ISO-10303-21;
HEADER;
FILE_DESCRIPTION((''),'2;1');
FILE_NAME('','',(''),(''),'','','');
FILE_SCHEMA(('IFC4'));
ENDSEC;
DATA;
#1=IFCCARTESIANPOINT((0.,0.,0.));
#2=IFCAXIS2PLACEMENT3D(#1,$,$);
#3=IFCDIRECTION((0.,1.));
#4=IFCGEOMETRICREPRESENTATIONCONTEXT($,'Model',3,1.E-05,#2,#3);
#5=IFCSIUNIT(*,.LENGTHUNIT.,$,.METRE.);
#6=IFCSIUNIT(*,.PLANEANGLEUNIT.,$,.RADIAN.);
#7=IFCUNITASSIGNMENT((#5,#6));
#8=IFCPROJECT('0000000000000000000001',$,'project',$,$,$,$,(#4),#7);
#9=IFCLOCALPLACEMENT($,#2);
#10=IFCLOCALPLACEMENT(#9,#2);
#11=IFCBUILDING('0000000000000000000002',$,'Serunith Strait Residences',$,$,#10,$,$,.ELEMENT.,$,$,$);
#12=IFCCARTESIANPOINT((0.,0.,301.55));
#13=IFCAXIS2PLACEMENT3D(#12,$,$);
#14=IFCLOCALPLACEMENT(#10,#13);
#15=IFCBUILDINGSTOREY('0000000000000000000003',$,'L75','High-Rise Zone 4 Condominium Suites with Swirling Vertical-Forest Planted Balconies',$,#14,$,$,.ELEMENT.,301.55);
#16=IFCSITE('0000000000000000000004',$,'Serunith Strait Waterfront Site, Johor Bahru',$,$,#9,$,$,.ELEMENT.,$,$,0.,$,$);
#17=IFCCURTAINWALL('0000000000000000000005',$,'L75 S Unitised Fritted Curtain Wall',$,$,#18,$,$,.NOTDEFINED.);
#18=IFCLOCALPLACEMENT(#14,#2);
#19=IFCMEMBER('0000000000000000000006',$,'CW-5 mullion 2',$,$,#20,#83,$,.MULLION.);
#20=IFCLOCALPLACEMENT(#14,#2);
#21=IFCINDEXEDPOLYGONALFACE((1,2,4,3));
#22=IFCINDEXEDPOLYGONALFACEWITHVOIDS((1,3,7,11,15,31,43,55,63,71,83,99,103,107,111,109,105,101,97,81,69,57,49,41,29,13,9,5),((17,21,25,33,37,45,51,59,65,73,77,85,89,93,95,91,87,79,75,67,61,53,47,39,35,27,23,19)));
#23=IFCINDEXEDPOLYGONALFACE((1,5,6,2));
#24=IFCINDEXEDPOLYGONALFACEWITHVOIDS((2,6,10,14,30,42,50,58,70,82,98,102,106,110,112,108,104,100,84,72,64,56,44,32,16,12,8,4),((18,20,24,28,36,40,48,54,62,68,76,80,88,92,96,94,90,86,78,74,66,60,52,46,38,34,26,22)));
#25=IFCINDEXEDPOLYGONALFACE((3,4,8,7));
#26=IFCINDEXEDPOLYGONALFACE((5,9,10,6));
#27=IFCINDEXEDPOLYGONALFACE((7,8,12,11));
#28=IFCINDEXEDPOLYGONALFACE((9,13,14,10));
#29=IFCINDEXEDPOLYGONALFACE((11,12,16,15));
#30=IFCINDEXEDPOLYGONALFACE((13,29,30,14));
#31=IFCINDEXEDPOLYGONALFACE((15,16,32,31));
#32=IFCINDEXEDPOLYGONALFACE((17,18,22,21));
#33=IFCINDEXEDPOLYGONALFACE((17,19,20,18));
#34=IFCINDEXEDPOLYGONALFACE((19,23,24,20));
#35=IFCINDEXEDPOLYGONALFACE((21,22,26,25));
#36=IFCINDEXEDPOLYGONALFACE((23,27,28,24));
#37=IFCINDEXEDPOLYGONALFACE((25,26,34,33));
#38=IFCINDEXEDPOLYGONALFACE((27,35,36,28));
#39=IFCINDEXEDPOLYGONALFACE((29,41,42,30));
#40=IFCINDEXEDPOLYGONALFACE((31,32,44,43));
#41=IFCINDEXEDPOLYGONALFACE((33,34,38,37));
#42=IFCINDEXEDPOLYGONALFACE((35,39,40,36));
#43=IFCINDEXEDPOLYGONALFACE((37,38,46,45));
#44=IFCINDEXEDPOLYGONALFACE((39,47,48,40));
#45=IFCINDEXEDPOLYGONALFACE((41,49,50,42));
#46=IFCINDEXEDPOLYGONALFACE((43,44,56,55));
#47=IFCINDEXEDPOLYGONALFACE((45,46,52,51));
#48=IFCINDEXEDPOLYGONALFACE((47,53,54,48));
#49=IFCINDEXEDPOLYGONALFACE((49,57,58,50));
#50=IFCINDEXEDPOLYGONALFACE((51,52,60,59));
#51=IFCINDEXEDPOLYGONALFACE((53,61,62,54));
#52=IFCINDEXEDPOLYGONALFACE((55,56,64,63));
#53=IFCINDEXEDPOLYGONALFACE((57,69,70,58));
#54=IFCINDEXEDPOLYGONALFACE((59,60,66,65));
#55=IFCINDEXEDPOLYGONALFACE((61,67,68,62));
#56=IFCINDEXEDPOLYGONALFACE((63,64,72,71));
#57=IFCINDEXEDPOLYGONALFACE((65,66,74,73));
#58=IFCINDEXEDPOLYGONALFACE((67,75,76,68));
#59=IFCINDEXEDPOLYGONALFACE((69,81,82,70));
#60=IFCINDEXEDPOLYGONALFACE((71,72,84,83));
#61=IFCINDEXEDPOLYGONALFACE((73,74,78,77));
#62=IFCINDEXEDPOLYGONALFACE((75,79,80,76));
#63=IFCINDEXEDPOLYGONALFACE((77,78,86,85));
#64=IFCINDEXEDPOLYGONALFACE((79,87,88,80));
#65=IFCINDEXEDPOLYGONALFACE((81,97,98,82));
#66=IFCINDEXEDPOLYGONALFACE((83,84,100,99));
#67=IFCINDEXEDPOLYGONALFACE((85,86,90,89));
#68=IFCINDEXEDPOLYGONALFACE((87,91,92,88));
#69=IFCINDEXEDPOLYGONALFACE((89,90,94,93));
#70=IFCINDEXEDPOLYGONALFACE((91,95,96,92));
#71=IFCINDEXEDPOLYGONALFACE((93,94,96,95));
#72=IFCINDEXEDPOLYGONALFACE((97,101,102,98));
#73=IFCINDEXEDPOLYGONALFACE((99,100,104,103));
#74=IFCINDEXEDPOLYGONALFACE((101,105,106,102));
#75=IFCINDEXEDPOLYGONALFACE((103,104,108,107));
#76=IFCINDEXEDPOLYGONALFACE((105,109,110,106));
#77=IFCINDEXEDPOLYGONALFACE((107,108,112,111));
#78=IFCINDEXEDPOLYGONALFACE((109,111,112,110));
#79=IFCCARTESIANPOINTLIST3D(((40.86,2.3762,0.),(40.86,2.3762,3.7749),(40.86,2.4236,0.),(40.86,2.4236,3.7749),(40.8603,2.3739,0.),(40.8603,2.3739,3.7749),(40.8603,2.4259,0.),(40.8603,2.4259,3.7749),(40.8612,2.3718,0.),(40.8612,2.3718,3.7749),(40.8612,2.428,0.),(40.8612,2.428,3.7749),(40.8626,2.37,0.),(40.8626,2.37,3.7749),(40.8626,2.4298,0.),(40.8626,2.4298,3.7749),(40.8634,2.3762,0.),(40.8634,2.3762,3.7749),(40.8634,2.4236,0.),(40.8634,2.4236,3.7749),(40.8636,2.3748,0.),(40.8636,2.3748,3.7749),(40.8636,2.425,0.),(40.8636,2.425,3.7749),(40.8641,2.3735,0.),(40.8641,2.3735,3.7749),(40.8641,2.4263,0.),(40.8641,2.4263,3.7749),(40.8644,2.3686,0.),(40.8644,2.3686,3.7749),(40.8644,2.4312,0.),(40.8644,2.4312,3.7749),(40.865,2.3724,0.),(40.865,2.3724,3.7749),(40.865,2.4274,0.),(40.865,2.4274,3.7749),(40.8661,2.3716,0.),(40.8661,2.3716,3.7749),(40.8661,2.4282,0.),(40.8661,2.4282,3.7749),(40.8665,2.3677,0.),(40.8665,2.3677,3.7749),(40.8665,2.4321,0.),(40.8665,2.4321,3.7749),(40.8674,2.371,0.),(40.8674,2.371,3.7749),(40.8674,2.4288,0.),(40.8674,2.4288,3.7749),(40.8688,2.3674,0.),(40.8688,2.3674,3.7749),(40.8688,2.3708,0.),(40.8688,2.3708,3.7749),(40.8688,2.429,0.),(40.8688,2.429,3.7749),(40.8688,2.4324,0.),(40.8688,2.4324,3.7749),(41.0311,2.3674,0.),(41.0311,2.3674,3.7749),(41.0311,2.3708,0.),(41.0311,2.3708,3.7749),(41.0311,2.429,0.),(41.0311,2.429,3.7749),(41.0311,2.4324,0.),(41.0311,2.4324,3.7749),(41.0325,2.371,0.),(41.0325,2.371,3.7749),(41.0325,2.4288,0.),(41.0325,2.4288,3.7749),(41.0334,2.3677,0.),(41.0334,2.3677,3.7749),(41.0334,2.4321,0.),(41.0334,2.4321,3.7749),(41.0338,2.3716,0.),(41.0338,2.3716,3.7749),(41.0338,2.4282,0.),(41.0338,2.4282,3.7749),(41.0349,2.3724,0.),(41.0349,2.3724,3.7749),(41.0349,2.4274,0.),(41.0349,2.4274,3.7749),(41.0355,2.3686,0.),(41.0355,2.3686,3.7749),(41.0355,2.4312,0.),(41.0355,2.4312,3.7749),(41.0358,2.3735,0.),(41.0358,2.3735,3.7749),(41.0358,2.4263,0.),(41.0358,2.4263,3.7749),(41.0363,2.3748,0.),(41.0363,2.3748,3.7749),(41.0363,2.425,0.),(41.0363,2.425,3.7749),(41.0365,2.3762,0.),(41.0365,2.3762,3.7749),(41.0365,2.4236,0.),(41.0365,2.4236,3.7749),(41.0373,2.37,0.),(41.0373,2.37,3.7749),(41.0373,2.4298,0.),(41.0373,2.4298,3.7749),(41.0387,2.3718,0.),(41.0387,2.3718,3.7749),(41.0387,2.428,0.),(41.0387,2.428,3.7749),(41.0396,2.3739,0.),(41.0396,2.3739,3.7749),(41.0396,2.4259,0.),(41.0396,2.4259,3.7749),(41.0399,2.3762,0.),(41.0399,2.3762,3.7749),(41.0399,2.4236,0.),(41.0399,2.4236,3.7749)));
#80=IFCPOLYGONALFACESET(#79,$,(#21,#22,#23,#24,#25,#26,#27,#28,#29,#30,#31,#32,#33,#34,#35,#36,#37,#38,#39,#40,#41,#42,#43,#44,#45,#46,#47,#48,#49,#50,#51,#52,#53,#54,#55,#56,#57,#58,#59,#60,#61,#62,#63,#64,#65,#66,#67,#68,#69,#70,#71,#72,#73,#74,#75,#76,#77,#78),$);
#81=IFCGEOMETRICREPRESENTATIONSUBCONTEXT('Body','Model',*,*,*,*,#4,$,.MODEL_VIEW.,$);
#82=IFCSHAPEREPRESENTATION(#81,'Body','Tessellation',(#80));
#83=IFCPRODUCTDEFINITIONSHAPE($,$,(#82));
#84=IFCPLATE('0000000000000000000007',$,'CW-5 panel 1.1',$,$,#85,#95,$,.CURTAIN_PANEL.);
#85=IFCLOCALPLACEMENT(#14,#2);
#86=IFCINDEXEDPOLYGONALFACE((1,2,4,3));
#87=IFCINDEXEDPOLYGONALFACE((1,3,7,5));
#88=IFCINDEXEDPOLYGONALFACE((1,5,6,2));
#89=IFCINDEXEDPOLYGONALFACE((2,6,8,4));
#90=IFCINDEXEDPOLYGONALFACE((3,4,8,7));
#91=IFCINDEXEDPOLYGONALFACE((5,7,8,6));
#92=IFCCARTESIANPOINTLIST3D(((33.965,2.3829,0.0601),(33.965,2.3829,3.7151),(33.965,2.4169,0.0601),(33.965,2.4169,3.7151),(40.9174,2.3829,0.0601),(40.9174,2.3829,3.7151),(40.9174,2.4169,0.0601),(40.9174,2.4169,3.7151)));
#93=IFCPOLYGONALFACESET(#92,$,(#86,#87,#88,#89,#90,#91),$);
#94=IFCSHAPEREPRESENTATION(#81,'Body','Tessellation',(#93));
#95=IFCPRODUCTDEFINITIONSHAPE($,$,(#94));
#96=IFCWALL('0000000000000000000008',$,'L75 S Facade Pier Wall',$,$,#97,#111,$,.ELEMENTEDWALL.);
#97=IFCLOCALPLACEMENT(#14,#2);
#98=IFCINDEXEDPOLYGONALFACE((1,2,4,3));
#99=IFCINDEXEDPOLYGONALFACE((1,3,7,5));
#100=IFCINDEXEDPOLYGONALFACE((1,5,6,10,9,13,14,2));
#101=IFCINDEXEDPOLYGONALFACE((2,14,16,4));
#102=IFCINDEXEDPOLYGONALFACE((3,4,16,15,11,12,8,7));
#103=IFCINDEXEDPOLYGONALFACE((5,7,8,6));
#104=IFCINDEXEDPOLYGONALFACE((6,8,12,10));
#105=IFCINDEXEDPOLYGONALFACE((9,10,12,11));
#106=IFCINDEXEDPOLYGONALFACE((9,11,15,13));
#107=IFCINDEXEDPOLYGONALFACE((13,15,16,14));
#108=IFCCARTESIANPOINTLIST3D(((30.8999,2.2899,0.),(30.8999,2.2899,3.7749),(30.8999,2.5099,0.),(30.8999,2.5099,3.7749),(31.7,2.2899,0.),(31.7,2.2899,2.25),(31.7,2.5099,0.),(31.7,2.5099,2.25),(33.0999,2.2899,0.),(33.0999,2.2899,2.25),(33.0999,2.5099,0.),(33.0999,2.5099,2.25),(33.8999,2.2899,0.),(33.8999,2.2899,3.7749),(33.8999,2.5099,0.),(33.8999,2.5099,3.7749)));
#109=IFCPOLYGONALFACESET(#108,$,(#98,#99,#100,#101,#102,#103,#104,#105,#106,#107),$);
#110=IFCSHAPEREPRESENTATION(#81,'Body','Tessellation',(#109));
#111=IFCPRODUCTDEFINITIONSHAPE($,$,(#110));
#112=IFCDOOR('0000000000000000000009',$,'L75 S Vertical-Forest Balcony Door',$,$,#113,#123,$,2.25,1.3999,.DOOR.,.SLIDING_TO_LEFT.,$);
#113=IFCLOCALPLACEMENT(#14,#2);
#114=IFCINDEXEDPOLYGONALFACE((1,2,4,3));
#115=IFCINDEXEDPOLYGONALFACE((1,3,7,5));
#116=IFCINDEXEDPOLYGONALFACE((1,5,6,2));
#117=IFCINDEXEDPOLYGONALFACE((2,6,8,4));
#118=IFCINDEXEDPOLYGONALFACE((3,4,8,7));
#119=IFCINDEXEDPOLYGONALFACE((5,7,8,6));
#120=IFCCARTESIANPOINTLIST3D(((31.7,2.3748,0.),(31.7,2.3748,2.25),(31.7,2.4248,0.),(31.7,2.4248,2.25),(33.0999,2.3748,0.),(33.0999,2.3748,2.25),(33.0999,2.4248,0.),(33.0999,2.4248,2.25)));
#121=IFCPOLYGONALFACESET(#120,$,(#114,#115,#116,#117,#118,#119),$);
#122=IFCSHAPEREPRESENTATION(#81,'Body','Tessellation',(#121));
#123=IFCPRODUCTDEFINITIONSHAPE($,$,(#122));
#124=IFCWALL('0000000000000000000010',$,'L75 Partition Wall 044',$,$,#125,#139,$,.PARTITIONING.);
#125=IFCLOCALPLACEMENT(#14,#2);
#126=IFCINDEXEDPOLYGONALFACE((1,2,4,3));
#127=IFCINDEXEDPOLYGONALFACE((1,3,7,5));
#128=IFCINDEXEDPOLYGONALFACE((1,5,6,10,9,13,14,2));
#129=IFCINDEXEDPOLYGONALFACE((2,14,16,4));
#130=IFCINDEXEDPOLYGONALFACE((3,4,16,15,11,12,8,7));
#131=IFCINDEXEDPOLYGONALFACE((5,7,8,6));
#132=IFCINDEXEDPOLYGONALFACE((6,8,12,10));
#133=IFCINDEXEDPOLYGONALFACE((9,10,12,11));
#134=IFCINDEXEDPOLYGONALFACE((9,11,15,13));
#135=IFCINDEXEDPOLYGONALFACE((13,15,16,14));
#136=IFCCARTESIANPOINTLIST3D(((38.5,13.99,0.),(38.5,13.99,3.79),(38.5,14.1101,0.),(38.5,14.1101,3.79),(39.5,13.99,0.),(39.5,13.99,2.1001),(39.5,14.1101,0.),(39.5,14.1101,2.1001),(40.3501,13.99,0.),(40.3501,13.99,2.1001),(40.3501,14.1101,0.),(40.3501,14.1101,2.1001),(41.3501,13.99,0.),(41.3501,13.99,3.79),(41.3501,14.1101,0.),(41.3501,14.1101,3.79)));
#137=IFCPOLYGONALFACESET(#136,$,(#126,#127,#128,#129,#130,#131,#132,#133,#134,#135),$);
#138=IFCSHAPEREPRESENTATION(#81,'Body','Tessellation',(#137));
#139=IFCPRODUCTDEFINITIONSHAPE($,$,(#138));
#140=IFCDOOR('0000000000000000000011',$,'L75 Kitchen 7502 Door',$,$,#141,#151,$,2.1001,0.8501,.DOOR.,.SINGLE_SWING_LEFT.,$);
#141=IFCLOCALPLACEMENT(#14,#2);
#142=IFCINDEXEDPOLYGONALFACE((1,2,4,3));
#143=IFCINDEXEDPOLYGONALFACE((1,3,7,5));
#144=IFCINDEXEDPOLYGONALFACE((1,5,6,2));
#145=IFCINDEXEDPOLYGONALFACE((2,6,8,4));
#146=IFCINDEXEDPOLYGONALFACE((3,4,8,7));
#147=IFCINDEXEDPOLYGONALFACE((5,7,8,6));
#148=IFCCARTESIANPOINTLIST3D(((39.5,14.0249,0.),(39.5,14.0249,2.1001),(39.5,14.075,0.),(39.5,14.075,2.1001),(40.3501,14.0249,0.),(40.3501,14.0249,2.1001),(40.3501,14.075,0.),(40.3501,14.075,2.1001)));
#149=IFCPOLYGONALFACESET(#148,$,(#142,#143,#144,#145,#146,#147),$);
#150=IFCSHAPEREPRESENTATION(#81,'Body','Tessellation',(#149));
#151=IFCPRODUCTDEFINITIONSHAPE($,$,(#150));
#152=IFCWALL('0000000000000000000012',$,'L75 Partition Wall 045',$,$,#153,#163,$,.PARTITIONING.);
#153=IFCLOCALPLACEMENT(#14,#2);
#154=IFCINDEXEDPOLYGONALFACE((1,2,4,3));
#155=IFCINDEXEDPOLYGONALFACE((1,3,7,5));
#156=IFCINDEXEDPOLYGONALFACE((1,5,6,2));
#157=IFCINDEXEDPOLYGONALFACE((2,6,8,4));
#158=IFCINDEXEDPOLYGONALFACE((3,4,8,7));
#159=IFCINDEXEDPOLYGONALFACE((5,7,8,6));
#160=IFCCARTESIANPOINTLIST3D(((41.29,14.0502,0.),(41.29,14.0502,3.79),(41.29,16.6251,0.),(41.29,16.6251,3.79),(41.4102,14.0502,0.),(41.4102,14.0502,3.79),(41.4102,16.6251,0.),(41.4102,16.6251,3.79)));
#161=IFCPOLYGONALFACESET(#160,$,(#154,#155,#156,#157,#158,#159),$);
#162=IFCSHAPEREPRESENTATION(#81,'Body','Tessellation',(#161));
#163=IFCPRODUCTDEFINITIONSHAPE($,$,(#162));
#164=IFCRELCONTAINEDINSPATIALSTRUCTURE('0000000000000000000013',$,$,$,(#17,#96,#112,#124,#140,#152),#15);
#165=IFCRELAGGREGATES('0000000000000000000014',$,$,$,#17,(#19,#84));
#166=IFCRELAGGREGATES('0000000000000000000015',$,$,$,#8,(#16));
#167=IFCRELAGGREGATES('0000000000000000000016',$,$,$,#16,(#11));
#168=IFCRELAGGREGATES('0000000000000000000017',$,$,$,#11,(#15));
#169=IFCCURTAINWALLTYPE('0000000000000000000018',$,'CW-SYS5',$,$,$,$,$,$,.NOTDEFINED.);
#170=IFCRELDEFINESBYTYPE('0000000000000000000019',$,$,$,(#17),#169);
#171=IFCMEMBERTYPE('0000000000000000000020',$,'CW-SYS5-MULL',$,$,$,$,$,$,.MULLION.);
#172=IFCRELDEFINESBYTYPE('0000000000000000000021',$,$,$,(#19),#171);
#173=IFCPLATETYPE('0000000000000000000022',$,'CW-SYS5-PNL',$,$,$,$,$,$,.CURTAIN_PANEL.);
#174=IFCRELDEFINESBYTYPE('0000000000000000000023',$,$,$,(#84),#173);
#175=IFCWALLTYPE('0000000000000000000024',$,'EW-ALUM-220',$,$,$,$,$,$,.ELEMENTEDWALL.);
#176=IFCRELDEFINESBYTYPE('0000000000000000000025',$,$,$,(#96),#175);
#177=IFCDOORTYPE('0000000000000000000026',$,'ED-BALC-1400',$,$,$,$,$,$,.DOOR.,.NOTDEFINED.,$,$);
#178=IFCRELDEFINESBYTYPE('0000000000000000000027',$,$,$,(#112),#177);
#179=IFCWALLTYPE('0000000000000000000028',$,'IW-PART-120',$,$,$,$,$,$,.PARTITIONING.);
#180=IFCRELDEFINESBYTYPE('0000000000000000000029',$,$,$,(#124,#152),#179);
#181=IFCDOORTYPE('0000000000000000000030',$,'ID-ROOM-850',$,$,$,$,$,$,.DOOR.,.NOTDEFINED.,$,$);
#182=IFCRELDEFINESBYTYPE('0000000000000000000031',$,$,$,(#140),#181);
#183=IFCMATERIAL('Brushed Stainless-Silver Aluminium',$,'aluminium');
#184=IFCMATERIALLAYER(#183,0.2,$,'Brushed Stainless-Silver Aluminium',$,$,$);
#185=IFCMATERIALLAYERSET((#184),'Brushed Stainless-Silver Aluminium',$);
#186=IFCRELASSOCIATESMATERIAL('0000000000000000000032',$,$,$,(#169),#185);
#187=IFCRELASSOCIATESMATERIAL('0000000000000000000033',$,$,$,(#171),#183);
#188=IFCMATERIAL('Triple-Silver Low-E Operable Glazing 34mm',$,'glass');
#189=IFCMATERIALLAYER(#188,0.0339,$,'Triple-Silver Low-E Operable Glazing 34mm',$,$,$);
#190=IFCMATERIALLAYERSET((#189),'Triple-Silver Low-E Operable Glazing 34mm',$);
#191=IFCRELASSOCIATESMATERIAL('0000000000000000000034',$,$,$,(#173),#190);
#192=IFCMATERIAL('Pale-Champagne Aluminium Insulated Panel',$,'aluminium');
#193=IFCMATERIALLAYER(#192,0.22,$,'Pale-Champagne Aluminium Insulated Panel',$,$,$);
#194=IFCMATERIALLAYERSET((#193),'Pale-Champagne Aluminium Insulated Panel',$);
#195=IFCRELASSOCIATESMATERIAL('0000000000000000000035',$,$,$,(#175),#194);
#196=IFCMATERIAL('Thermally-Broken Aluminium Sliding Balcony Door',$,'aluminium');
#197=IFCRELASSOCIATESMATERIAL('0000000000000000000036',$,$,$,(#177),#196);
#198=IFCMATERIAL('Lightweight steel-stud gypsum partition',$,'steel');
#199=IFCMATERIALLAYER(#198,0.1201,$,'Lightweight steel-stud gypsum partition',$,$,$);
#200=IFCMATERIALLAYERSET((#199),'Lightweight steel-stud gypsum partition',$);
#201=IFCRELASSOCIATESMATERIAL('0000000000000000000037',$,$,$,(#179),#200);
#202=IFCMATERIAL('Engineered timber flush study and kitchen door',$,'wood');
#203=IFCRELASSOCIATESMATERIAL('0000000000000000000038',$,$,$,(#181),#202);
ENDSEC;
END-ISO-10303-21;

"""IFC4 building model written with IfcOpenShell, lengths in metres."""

from ifc_helpers import new_model, si_unit, direction, frame, frame_2d, origin, origin_2d, place, context, subcontext, project, spatial, rectangle, hollow_rectangle, extrude, source, transform, mapped, material, layer, layer_set, material_profile, profile_set, type_object, element, fill, aggregate, save


model = new_model("IFC4")

# Units and contexts
model_context = context("Model", 3, precision=1e-05, world=origin(), true_north=direction((0.0, 1.0)))
body_context = subcontext(model_context, "Body", "Model", "MODEL_VIEW")
ifc_project = project(units=[si_unit("LENGTHUNIT", "METRE"), si_unit("PLANEANGLEUNIT", "RADIAN")], contexts=[model_context])

# Site, building, storey
site_placement = place(None, origin())
site = spatial("IfcSite", under=ifc_project, at=site_placement, Name="Serunith Strait Waterfront Site, Johor Bahru", CompositionType="ELEMENT", RefElevation=0.0)
building_placement = place(site_placement, origin())
building = spatial("IfcBuilding", under=site, at=building_placement, Name="Serunith Strait Residences", CompositionType="ELEMENT")
storey_placement = place(building_placement, frame((0.0, 0.0, 301.55)))
storey = spatial("IfcBuildingStorey", under=building, at=storey_placement, Name="L75", Description="High-Rise Zone 4 Condominium Suites with Swirling Vertical-Forest Planted Balconies", CompositionType="ELEMENT", Elevation=301.55)

# Curtain wall, member, plate
ifc_material_1 = material(Name="Brushed Stainless-Silver Aluminium", Category="aluminium")
ifc_layer_1 = layer(ifc_material_1, 0.2, Name="Brushed Stainless-Silver Aluminium")
ifc_layer_set_1 = layer_set([ifc_layer_1], Name="Brushed Stainless-Silver Aluminium")
curtain_wall_type = type_object("IfcCurtainWallType", Name="CW-SYS5", PredefinedType="NOTDEFINED", material=ifc_layer_set_1)
curtain_wall_placement = place(storey_placement, origin())
curtain_wall = element("IfcCurtainWall", 1, at=curtain_wall_placement, inside=storey, type_object=curtain_wall_type, Name="L75 S Unitised Fritted Curtain Wall", PredefinedType="NOTDEFINED")
ifc_material_profile_1 = material_profile(ifc_material_1, hollow_rectangle(XDim=0.0649, YDim=0.1799, WallThickness=0.0034, InnerFilletRadius=0.0054, OuterFilletRadius=0.0088, at=origin_2d()), Name="ALU 180x65x3.5")
ifc_profile_set_1 = profile_set([ifc_material_profile_1], Name="Brushed Stainless-Silver Aluminium")
member_type_1 = type_object("IfcMemberType", Name="CW-SYS5-MULL", PredefinedType="MULLION", material=ifc_profile_set_1)
shared_shape_1 = source(origin(), body_context, "Body", "SweptSolid", [
    extrude(hollow_rectangle(XDim=0.0649, YDim=0.1799, WallThickness=0.0034, InnerFilletRadius=0.0054, OuterFilletRadius=0.0088, at=origin_2d()), origin(), (0.0, 0.0, 1.0), 3.7749),
])
member_1_placement = place(storey_placement, frame((40.95, 2.3999, 0.0), z_axis=(0.0, 0.0, 1.0), x_axis=(0.0, 1.0, 0.0)))
member_1 = element("IfcMember", 2, at=member_1_placement, type_object=member_type_1, Name="CW-5 mullion 2", PredefinedType="MULLION", context=body_context, shape_type="MappedRepresentation", body=[
    mapped(shared_shape_1, transform((0.0, 0.0, 0.0), scale=1.0)),
])
ifc_material_2 = material(Name="Triple-Silver Low-E Operable Glazing 34mm", Category="glass")
ifc_layer_2 = layer(ifc_material_2, 0.0339, Name="Triple-Silver Low-E Operable Glazing 34mm")
ifc_layer_set_2 = layer_set([ifc_layer_2], Name="Triple-Silver Low-E Operable Glazing 34mm")
plate_type = type_object("IfcPlateType", Name="CW-SYS5-PNL", PredefinedType="CURTAIN_PANEL", material=ifc_layer_set_2)
shared_shape_2 = source(origin(), body_context, "Body", "SweptSolid", [
    extrude(rectangle(XDim=6.9524, YDim=0.0339, at=origin_2d()), origin(), (0.0, 0.0, 1.0), 3.655),
])
plate_placement = place(storey_placement, frame((37.4412, 2.3999, 0.0601), z_axis=(0.0, 0.0, 1.0), x_axis=(1.0, 0.0, 0.0)))
plate = element("IfcPlate", 3, at=plate_placement, type_object=plate_type, Name="CW-5 panel 1.1", PredefinedType="CURTAIN_PANEL", context=body_context, shape_type="MappedRepresentation", body=[
    mapped(shared_shape_2, transform((0.0, 0.0, 0.0), scale=1.0)),
])
aggregate(curtain_wall, [member_1, plate])

# Walls, openings, doors
ifc_material_3 = material(Name="Pale-Champagne Aluminium Insulated Panel", Category="aluminium")
ifc_layer_3 = layer(ifc_material_3, 0.22, Name="Pale-Champagne Aluminium Insulated Panel")
ifc_layer_set_3 = layer_set([ifc_layer_3], Name="Pale-Champagne Aluminium Insulated Panel")
wall_type_1 = type_object("IfcWallType", Name="EW-ALUM-220", PredefinedType="ELEMENTEDWALL", material=ifc_layer_set_3)
wall_1_placement = place(storey_placement, frame((30.8999, 2.3999, 0.0), z_axis=(0.0, 0.0, 1.0), x_axis=(1.0, 0.0, 0.0)))
wall_1 = element("IfcWall", 4, at=wall_1_placement, inside=storey, type_object=wall_type_1, Name="L75 S Facade Pier Wall", PredefinedType="ELEMENTEDWALL", context=body_context, shape_type="SweptSolid", body=[
    extrude(rectangle(XDim=3.0, YDim=0.22, at=frame_2d((1.5, 0.0))), origin(), (0.0, 0.0, 1.0), 3.7749),
])
opening_1_placement = place(wall_1_placement, frame((0.8, 0.0, 0.0)))
opening_1 = element("IfcOpeningElement", 5, at=opening_1_placement, cuts=wall_1, PredefinedType="OPENING", context=body_context, shape_type="SweptSolid", body=[
    extrude(rectangle(XDim=1.3999, YDim=2.25, at=frame_2d((0.7, 1.125))), frame((0.0, 0.1201, 0.0), z_axis=(0.0, -1.0, 0.0), x_axis=(1.0, 0.0, 0.0)), (0.0, 0.0, 1.0), 0.24),
])
ifc_material_4 = material(Name="Thermally-Broken Aluminium Sliding Balcony Door", Category="aluminium")
door_type_1 = type_object("IfcDoorType", Name="ED-BALC-1400", OperationType="NOTDEFINED", PredefinedType="DOOR", material=ifc_material_4)
shared_shape_3 = source(origin(), body_context, "Body", "SweptSolid", [
    extrude(rectangle(XDim=1.3999, YDim=2.25, at=frame_2d((0.7, 1.125))), frame((0.0, 0.0249, 0.0), z_axis=(0.0, -1.0, 0.0), x_axis=(1.0, 0.0, 0.0)), (0.0, 0.0, 1.0), 0.05),
])
door_1_placement = place(opening_1_placement, origin())
door_1 = element("IfcDoor", 6, at=door_1_placement, inside=storey, type_object=door_type_1, Name="L75 S Vertical-Forest Balcony Door", OperationType="SLIDING_TO_LEFT", OverallHeight=2.25, OverallWidth=1.3999, PredefinedType="DOOR", context=body_context, shape_type="MappedRepresentation", body=[
    mapped(shared_shape_3, transform((0.0, 0.0, 0.0), scale=1.0)),
])
fill(opening_1, door_1)
ifc_material_5 = material(Name="Lightweight steel-stud gypsum partition", Category="steel")
ifc_layer_4 = layer(ifc_material_5, 0.1201, Name="Lightweight steel-stud gypsum partition")
ifc_layer_set_4 = layer_set([ifc_layer_4], Name="Lightweight steel-stud gypsum partition")
wall_type_2 = type_object("IfcWallType", Name="IW-PART-120", PredefinedType="PARTITIONING", material=ifc_layer_set_4)
wall_2_placement = place(storey_placement, frame((38.5, 14.05, 0.0), z_axis=(0.0, 0.0, 1.0), x_axis=(1.0, 0.0, 0.0)))
wall_2 = element("IfcWall", 7, at=wall_2_placement, inside=storey, type_object=wall_type_2, Name="L75 Partition Wall 044", PredefinedType="PARTITIONING", context=body_context, shape_type="SweptSolid", body=[
    extrude(rectangle(XDim=2.8501, YDim=0.1201, at=frame_2d((1.425, 0.0))), origin(), (0.0, 0.0, 1.0), 3.79),
])
opening_2_placement = place(wall_2_placement, frame((1.0, 0.0, 0.0)))
opening_2 = element("IfcOpeningElement", 8, at=opening_2_placement, cuts=wall_2, PredefinedType="OPENING", context=body_context, shape_type="SweptSolid", body=[
    extrude(rectangle(XDim=0.8501, YDim=2.1001, at=frame_2d((0.425, 1.05))), frame((0.0, 0.0701, 0.0), z_axis=(0.0, -1.0, 0.0), x_axis=(1.0, 0.0, 0.0)), (0.0, 0.0, 1.0), 0.1401),
])
ifc_material_6 = material(Name="Engineered timber flush study and kitchen door", Category="wood")
door_type_2 = type_object("IfcDoorType", Name="ID-ROOM-850", OperationType="NOTDEFINED", PredefinedType="DOOR", material=ifc_material_6)
shared_shape_4 = source(origin(), body_context, "Body", "SweptSolid", [
    extrude(rectangle(XDim=0.8501, YDim=2.1001, at=frame_2d((0.425, 1.05))), frame((0.0, 0.0249, 0.0), z_axis=(0.0, -1.0, 0.0), x_axis=(1.0, 0.0, 0.0)), (0.0, 0.0, 1.0), 0.05),
])
door_2_placement = place(opening_2_placement, origin())
door_2 = element("IfcDoor", 9, at=door_2_placement, inside=storey, type_object=door_type_2, Name="L75 Kitchen 7502 Door", OperationType="SINGLE_SWING_LEFT", OverallHeight=2.1001, OverallWidth=0.8501, PredefinedType="DOOR", context=body_context, shape_type="MappedRepresentation", body=[
    mapped(shared_shape_4, transform((0.0, 0.0, 0.0), scale=1.0)),
])
fill(opening_2, door_2)

# Wall
wall_3_placement = place(storey_placement, frame((41.3501, 14.05, 0.0), z_axis=(0.0, 0.0, 1.0), x_axis=(0.0, 1.0, 0.0)))
element("IfcWall", 10, at=wall_3_placement, inside=storey, type_object=wall_type_2, Name="L75 Partition Wall 045", PredefinedType="PARTITIONING", context=body_context, shape_type="SweptSolid", body=[
    extrude(rectangle(XDim=2.575, YDim=0.1201, at=frame_2d((1.2876, 0.0))), origin(), (0.0, 0.0, 1.0), 3.79),
])

save(model, "model.ifc")
